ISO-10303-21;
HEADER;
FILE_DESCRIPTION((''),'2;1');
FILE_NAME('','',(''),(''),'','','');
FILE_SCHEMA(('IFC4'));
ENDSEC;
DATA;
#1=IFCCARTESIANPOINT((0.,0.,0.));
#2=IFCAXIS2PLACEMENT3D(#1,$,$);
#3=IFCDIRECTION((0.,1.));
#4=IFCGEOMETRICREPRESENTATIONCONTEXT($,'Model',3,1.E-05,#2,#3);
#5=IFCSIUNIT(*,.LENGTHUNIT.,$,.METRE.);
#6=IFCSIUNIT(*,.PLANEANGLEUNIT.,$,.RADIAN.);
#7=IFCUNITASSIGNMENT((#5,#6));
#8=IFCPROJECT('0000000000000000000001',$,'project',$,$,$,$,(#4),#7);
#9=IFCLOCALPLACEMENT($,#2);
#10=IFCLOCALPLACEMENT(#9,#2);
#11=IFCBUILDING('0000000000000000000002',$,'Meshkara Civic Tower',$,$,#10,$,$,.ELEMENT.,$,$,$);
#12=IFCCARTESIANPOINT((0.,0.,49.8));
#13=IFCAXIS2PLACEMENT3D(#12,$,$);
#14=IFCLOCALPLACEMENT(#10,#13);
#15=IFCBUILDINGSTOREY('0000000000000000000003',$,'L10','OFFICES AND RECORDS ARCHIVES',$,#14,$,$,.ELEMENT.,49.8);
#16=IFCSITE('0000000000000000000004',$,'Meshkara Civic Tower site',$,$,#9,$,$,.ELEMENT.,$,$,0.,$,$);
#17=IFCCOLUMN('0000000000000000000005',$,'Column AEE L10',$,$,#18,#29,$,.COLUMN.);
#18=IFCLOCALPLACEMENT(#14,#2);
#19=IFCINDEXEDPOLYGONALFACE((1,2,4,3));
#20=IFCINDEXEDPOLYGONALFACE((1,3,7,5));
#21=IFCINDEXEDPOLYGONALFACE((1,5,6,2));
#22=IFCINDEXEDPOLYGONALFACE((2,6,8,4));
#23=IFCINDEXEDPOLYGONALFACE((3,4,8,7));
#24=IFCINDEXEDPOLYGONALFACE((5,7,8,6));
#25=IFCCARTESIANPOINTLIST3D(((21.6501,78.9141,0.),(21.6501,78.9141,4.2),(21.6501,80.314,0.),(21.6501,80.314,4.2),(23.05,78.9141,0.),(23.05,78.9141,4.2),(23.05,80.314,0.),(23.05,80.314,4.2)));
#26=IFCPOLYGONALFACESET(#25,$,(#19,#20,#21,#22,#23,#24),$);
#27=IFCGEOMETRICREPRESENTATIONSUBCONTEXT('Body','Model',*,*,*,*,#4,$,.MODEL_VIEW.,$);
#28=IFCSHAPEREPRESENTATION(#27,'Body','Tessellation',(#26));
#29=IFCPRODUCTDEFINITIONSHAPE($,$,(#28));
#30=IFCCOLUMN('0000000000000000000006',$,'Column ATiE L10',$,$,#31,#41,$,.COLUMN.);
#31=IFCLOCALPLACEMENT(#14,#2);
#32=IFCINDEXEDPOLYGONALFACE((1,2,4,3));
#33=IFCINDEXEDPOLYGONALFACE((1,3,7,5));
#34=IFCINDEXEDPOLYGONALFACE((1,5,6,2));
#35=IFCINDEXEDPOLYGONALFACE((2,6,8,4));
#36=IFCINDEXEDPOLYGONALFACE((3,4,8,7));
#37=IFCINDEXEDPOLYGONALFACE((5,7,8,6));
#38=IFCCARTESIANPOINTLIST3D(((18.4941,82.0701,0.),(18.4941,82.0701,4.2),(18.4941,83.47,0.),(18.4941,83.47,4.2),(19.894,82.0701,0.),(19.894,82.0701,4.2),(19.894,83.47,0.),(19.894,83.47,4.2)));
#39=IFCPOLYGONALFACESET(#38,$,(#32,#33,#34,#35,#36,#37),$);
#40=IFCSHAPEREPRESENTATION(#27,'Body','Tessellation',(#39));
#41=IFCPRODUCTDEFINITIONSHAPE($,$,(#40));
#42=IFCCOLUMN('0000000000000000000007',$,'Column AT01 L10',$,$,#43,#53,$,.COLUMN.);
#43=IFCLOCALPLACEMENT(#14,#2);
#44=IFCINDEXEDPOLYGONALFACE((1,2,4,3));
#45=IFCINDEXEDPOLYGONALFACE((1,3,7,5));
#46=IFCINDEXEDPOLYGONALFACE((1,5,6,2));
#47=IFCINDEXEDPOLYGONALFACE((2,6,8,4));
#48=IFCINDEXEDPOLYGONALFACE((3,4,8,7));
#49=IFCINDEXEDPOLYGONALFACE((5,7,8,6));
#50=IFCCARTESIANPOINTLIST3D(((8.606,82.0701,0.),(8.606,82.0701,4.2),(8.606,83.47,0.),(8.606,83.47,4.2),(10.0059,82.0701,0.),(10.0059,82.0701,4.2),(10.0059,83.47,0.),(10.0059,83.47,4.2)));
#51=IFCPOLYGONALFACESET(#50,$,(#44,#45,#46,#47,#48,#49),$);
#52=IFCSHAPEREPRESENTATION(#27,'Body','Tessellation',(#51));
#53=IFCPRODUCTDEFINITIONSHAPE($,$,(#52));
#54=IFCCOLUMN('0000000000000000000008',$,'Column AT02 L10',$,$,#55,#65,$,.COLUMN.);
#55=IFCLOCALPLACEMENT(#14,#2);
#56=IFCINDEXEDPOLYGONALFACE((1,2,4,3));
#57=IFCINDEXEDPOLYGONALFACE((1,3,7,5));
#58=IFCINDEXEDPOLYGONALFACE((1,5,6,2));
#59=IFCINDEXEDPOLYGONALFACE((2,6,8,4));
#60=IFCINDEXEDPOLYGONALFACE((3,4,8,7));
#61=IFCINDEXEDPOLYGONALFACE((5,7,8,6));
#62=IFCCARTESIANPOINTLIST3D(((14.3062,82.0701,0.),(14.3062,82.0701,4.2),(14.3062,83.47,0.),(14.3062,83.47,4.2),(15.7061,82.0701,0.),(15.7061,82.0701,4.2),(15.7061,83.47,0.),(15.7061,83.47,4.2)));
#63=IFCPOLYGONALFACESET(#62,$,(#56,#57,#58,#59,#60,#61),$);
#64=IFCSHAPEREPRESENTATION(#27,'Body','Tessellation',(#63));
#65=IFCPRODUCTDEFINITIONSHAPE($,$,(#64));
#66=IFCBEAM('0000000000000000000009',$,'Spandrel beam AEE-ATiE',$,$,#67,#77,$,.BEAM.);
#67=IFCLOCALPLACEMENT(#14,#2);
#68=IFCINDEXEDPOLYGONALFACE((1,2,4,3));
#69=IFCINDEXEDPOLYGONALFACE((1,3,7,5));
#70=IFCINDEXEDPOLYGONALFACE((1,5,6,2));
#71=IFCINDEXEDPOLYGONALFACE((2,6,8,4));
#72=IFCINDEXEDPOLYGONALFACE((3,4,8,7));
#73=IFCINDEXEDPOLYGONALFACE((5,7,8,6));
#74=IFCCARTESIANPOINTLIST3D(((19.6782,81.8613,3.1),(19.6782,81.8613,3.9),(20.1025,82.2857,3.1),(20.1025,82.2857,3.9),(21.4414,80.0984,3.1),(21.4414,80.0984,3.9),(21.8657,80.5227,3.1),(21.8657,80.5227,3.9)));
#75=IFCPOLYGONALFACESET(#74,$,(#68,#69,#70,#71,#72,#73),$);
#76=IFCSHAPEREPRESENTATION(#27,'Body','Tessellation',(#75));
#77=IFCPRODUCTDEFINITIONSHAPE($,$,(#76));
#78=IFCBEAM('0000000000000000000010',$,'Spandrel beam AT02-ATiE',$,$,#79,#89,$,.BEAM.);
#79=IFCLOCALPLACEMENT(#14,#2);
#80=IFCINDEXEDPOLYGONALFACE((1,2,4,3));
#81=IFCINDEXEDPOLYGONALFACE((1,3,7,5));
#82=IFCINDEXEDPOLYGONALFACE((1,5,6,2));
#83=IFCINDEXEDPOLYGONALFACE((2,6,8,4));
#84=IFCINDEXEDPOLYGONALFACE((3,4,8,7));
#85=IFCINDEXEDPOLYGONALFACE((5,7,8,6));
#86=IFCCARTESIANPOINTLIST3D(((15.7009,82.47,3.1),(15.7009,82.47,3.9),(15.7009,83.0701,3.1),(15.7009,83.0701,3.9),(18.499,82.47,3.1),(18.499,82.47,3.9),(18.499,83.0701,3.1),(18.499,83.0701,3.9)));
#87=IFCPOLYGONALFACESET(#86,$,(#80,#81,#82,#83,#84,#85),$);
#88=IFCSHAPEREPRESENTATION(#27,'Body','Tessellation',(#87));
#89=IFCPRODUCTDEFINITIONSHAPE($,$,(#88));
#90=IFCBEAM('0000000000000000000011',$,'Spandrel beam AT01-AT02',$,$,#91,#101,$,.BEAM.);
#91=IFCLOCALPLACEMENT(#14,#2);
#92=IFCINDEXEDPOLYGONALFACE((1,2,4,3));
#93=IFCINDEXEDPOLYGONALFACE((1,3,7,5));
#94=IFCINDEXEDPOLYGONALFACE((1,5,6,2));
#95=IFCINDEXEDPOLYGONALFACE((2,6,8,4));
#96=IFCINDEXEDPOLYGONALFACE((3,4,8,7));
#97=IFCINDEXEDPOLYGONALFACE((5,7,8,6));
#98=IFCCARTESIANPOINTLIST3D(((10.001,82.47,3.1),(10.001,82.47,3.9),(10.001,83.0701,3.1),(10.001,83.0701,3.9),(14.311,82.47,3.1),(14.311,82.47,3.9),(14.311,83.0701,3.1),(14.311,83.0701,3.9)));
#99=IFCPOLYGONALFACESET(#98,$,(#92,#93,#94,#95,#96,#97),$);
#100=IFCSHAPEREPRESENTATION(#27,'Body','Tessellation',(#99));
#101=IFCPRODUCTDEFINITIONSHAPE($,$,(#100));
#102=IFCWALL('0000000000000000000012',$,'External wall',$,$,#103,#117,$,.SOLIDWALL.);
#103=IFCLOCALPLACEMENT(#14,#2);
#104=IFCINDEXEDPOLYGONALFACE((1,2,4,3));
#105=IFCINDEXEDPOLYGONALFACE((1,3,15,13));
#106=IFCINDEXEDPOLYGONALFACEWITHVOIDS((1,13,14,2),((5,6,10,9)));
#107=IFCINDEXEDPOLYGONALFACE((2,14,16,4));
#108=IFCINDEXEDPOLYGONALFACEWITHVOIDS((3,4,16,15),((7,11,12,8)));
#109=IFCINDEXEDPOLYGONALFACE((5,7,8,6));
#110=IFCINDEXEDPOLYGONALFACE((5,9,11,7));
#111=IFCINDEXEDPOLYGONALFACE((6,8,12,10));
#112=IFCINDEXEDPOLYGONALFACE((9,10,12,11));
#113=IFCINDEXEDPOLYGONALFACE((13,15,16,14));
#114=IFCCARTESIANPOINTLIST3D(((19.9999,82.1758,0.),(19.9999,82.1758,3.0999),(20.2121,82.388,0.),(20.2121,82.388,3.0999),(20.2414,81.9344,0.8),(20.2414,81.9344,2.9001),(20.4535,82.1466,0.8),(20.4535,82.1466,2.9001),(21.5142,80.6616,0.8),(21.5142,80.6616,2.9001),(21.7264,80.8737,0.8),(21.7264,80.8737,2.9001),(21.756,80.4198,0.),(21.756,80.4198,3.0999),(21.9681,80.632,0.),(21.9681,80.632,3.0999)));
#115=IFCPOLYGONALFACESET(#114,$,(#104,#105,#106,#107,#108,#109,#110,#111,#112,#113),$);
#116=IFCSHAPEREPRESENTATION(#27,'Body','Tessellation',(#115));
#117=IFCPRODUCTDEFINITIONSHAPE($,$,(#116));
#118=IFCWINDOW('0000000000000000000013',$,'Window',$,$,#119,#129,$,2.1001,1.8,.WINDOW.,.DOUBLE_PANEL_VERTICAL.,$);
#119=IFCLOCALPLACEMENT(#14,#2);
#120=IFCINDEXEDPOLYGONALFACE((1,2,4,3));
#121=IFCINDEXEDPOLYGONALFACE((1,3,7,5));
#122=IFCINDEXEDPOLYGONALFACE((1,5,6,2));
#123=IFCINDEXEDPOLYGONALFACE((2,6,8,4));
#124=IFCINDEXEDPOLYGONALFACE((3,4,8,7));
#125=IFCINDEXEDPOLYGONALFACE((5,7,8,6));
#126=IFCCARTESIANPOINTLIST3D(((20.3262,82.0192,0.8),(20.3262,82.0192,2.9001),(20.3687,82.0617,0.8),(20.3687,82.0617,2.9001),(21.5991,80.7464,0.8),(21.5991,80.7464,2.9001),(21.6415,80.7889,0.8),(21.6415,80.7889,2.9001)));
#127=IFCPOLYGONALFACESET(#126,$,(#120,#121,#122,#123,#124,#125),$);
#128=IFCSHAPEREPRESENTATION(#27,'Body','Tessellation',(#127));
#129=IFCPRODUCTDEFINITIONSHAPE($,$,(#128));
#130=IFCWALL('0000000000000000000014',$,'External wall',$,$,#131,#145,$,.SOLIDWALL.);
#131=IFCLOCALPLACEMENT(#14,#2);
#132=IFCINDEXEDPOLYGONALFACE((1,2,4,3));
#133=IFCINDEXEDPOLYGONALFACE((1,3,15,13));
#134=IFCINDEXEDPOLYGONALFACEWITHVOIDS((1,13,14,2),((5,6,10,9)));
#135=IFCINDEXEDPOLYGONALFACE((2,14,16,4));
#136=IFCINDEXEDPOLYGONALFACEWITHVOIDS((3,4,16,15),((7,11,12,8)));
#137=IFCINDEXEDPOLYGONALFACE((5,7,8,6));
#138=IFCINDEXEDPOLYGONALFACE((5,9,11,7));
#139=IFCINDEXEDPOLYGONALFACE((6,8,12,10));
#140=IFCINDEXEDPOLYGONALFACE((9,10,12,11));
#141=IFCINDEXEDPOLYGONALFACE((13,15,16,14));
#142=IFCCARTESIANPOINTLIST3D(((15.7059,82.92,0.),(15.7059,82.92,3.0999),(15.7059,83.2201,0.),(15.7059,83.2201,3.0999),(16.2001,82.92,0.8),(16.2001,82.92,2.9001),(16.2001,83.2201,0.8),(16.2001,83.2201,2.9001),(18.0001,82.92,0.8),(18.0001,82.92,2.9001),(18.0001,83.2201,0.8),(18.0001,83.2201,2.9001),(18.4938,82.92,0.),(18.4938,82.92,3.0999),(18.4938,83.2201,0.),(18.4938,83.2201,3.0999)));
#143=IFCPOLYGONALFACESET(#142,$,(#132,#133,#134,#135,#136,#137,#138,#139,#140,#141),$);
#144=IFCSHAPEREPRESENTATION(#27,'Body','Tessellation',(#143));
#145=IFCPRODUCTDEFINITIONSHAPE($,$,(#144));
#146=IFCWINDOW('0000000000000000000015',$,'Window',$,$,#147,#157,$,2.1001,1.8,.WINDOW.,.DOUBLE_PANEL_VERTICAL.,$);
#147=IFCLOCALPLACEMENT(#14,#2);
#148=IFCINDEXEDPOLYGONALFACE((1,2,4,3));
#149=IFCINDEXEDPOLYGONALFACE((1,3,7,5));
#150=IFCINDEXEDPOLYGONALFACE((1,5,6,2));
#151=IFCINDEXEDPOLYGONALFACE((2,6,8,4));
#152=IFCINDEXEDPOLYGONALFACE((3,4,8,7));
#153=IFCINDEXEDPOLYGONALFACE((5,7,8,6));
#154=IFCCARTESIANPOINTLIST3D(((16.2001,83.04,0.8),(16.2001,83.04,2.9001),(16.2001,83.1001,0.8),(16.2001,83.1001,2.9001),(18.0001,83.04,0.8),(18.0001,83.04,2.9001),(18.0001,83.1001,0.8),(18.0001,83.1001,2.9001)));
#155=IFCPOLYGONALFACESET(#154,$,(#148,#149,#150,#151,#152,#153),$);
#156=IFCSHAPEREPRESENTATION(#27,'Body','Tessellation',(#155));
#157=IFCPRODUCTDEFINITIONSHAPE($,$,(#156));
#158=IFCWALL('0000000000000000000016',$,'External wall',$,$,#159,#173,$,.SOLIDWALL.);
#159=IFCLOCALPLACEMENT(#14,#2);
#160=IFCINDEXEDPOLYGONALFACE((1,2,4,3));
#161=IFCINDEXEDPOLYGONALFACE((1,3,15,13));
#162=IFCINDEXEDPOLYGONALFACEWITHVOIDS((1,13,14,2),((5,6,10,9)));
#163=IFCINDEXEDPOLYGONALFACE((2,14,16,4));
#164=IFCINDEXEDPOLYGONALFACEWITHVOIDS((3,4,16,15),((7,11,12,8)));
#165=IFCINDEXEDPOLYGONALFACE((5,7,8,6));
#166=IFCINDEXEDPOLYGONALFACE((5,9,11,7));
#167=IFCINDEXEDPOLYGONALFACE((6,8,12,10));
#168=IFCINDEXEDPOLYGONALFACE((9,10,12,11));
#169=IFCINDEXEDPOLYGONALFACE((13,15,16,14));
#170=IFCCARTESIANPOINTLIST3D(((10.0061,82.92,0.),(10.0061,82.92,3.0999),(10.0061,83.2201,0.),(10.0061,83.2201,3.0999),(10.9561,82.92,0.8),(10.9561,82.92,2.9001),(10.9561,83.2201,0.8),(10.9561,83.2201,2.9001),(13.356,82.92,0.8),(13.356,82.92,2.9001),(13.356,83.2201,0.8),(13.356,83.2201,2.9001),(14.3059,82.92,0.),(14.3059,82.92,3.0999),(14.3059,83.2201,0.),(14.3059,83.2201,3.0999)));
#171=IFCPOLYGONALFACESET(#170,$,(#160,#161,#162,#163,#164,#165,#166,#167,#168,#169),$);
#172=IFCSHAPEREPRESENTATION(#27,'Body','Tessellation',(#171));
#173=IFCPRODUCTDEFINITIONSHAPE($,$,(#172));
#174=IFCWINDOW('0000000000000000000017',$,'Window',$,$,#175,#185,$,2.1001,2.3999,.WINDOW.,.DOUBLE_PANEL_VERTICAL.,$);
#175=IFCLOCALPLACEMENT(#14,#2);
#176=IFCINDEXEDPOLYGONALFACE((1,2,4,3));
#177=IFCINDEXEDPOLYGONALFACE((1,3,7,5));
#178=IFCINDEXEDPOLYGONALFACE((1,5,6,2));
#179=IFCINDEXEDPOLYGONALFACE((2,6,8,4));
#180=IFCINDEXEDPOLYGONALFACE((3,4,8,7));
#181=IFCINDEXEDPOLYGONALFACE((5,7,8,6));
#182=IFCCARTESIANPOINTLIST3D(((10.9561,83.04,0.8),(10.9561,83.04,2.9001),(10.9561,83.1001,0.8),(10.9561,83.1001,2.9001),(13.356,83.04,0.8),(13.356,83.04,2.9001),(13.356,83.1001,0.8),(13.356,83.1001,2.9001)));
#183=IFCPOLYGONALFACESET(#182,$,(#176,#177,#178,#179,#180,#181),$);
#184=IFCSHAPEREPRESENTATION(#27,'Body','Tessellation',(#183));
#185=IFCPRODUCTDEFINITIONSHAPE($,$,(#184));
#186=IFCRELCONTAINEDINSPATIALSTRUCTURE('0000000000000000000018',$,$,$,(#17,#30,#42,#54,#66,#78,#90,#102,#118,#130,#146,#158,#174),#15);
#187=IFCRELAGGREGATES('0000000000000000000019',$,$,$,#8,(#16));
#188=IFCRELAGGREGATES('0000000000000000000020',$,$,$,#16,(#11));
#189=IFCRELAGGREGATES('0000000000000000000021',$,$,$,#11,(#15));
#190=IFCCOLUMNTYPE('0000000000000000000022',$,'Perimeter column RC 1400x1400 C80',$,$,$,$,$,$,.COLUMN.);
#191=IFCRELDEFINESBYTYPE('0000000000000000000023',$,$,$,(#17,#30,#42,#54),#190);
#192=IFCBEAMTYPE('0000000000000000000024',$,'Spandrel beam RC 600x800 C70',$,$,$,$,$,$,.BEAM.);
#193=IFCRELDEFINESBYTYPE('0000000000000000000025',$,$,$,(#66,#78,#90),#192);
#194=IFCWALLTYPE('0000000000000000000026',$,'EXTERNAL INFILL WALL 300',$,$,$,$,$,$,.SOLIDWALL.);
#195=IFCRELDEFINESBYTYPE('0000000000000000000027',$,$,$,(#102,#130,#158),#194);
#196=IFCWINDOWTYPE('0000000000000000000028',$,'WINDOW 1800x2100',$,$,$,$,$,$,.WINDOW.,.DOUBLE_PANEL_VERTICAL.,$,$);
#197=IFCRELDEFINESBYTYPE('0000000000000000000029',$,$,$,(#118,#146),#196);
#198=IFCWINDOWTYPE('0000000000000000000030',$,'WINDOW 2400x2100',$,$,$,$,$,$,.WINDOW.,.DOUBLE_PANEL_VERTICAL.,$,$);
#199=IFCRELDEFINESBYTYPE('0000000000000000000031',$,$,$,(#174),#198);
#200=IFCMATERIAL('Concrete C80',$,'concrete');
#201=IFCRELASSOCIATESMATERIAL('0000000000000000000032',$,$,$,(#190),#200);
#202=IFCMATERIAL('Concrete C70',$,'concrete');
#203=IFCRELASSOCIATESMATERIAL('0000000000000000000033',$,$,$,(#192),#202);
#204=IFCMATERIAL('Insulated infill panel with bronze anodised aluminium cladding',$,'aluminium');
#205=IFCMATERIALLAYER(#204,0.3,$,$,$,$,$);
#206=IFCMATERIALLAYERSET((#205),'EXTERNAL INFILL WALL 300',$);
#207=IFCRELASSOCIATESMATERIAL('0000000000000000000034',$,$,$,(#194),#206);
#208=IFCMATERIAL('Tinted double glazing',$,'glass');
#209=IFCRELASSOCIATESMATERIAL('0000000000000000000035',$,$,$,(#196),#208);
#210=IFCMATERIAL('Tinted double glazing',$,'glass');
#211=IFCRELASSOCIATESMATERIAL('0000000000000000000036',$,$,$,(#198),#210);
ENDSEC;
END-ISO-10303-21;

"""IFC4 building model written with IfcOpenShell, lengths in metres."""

from ifc_helpers import new_model, si_unit, direction, frame, frame_2d, origin, origin_2d, place, context, subcontext, project, spatial, rectangle, extrude, material, layer, layer_set, material_profile, profile_set, type_object, element, fill, save


model = new_model("IFC4")

# Units and contexts
model_context = context("Model", 3, precision=1e-05, world=origin(), true_north=direction((0.0, 1.0)))
body_context = subcontext(model_context, "Body", "Model", "MODEL_VIEW")
ifc_project = project(units=[si_unit("LENGTHUNIT", "METRE"), si_unit("PLANEANGLEUNIT", "RADIAN")], contexts=[model_context])

# Site, building, storey
site_placement = place(None, origin())
site = spatial("IfcSite", under=ifc_project, at=site_placement, Name="Meshkara Civic Tower site", CompositionType="ELEMENT", RefElevation=0.0)
building_placement = place(site_placement, origin())
building = spatial("IfcBuilding", under=site, at=building_placement, Name="Meshkara Civic Tower", CompositionType="ELEMENT")
storey_placement = place(building_placement, frame((0.0, 0.0, 49.8)))
storey = spatial("IfcBuildingStorey", under=building, at=storey_placement, Name="L10", Description="OFFICES AND RECORDS ARCHIVES", CompositionType="ELEMENT", Elevation=49.8)

# Columns
ifc_material_1 = material(Name="Concrete C80", Category="concrete")
ifc_material_profile_1 = material_profile(ifc_material_1, rectangle(XDim=1.3999, YDim=1.3999, at=origin_2d()))
ifc_profile_set_1 = profile_set([ifc_material_profile_1], Name="Concrete C80")
column_type = type_object("IfcColumnType", Name="Perimeter column RC 1400x1400 C80", PredefinedType="COLUMN", material=ifc_profile_set_1)
for number, where, z_axis, x_axis, name in (
    (1, (22.3501, 79.614, 0.0), (0.0, 0.0, 1.0), (1.0, 0.0, 0.0), "Column AEE L10"),
    (2, (19.1941, 82.77, 0.0), (0.0, 0.0, 1.0), (1.0, 0.0, 0.0), "Column ATiE L10"),
    (3, (9.3059, 82.77, 0.0), (0.0, 0.0, 1.0), (1.0, 0.0, 0.0), "Column AT01 L10"),
    (4, (15.0061, 82.77, 0.0), (0.0, 0.0, 1.0), (1.0, 0.0, 0.0), "Column AT02 L10"),
):
    element("IfcColumn", number, at=place(storey_placement, frame(where, z_axis=z_axis, x_axis=x_axis)), inside=storey, type_object=column_type, Name=name, PredefinedType="COLUMN", context=body_context, shape_type="SweptSolid", body=[
        extrude(rectangle(XDim=1.3999, YDim=1.3999, at=origin_2d()), origin(), (0.0, 0.0, 1.0), 4.2),
    ])

# Beams
ifc_material_2 = material(Name="Concrete C70", Category="concrete")
ifc_material_profile_2 = material_profile(ifc_material_2, rectangle(XDim=0.6001, YDim=0.8, at=origin_2d()))
ifc_profile_set_2 = profile_set([ifc_material_profile_2], Name="Concrete C70")
beam_type = type_object("IfcBeamType", Name="Spandrel beam RC 600x800 C70", PredefinedType="BEAM", material=ifc_profile_set_2)
beam_1_placement = place(storey_placement, frame((21.6536, 80.3105, 3.5), z_axis=(-0.707156, 0.707058, 0.0), x_axis=(-0.707058, -0.707156, 0.0)))
element("IfcBeam", 5, at=beam_1_placement, inside=storey, type_object=beam_type, Name="Spandrel beam AEE-ATiE", PredefinedType="BEAM", context=body_context, shape_type="SweptSolid", body=[
    extrude(rectangle(XDim=0.6001, YDim=0.8, at=origin_2d()), origin(), (0.0, 0.0, 1.0), 2.4934),
])
beam_2_placement = place(storey_placement, frame((18.499, 82.77, 3.5), z_axis=(-1.0, 0.0, 0.0), x_axis=(0.0, -1.0, 0.0)))
element("IfcBeam", 6, at=beam_2_placement, inside=storey, type_object=beam_type, Name="Spandrel beam AT02-ATiE", PredefinedType="BEAM", context=body_context, shape_type="SweptSolid", body=[
    extrude(rectangle(XDim=0.6001, YDim=0.8, at=origin_2d()), origin(), (0.0, 0.0, 1.0), 2.7981),
])
beam_3_placement = place(storey_placement, frame((14.311, 82.77, 3.5), z_axis=(-1.0, 0.0, 0.0), x_axis=(0.0, -1.0, 0.0)))
element("IfcBeam", 7, at=beam_3_placement, inside=storey, type_object=beam_type, Name="Spandrel beam AT01-AT02", PredefinedType="BEAM", context=body_context, shape_type="SweptSolid", body=[
    extrude(rectangle(XDim=0.6001, YDim=0.8, at=origin_2d()), origin(), (0.0, 0.0, 1.0), 4.3101),
])

# Walls, openings, windows
ifc_material_3 = material(Name="Insulated infill panel with bronze anodised aluminium cladding", Category="aluminium")
ifc_layer_1 = layer(ifc_material_3, 0.3)
ifc_layer_set_1 = layer_set([ifc_layer_1], Name="EXTERNAL INFILL WALL 300")
wall_type = type_object("IfcWallType", Name="EXTERNAL INFILL WALL 300", PredefinedType="SOLIDWALL", material=ifc_layer_set_1)
wall_1_placement = place(storey_placement, frame((21.8621, 80.5259, 0.0), z_axis=(0.0, 0.0, 1.0), x_axis=(-0.707107, 0.707107, 0.0)))
wall_1 = element("IfcWall", 8, at=wall_1_placement, inside=storey, type_object=wall_type, Name="External wall", PredefinedType="SOLIDWALL", context=body_context, shape_type="SweptSolid", body=[
    extrude(rectangle(XDim=2.4834, YDim=0.3, at=frame_2d((1.2417, 0.0))), origin(), (0.0, 0.0, 1.0), 3.0999),
])
opening_1_placement = place(wall_1_placement, frame((0.342, 0.0, 0.8)))
opening_1 = element("IfcOpeningElement", 9, at=opening_1_placement, cuts=wall_1, PredefinedType="OPENING", context=body_context, shape_type="SweptSolid", body=[
    extrude(rectangle(XDim=1.8, YDim=2.1001, at=frame_2d((0.8999, 1.05))), frame((0.0, 0.1599, 0.0), z_axis=(0.0, -1.0, 0.0), x_axis=(1.0, 0.0, 0.0)), (0.0, 0.0, 1.0), 0.3201),
])
ifc_material_4 = material(Name="Tinted double glazing", Category="glass")
window_type_1 = type_object("IfcWindowType", Name="WINDOW 1800x2100", PartitioningType="DOUBLE_PANEL_VERTICAL", PredefinedType="WINDOW", material=ifc_material_4)
window_1_placement = place(opening_1_placement, origin())
window_1 = element("IfcWindow", 10, at=window_1_placement, inside=storey, type_object=window_type_1, Name="Window", OverallHeight=2.1001, OverallWidth=1.8, PartitioningType="DOUBLE_PANEL_VERTICAL", PredefinedType="WINDOW", context=body_context, shape_type="SweptSolid", body=[
    extrude(rectangle(XDim=1.8, YDim=2.1001, at=frame_2d((0.8999, 1.05))), frame((0.0, 0.03, 0.0), z_axis=(0.0, -1.0, 0.0), x_axis=(1.0, 0.0, 0.0)), (0.0, 0.0, 1.0), 0.0601),
])
fill(opening_1, window_1)
wall_2_placement = place(storey_placement, frame((18.4939, 83.0701, 0.0), z_axis=(0.0, 0.0, 1.0), x_axis=(-1.0, 0.0, 0.0)))
wall_2 = element("IfcWall", 11, at=wall_2_placement, inside=storey, type_object=wall_type, Name="External wall", PredefinedType="SOLIDWALL", context=body_context, shape_type="SweptSolid", body=[
    extrude(rectangle(XDim=2.7878, YDim=0.3, at=frame_2d((1.394, 0.0))), origin(), (0.0, 0.0, 1.0), 3.0999),
])
opening_2_placement = place(wall_2_placement, frame((0.4939, 0.0, 0.8)))
opening_2 = element("IfcOpeningElement", 12, at=opening_2_placement, cuts=wall_2, PredefinedType="OPENING", context=body_context, shape_type="SweptSolid", body=[
    extrude(rectangle(XDim=1.8, YDim=2.1001, at=frame_2d((0.8999, 1.05))), frame((0.0, 0.1599, 0.0), z_axis=(0.0, -1.0, 0.0), x_axis=(1.0, 0.0, 0.0)), (0.0, 0.0, 1.0), 0.3201),
])
window_2_placement = place(opening_2_placement, origin())
window_2 = element("IfcWindow", 13, at=window_2_placement, inside=storey, type_object=window_type_1, Name="Window", OverallHeight=2.1001, OverallWidth=1.8, PartitioningType="DOUBLE_PANEL_VERTICAL", PredefinedType="WINDOW", context=body_context, shape_type="SweptSolid", body=[
    extrude(rectangle(XDim=1.8, YDim=2.1001, at=frame_2d((0.8999, 1.05))), frame((0.0, 0.03, 0.0), z_axis=(0.0, -1.0, 0.0), x_axis=(1.0, 0.0, 0.0)), (0.0, 0.0, 1.0), 0.0601),
])
fill(opening_2, window_2)
wall_3_placement = place(storey_placement, frame((14.3059, 83.0701, 0.0), z_axis=(0.0, 0.0, 1.0), x_axis=(-1.0, 0.0, 0.0)))
wall_3 = element("IfcWall", 14, at=wall_3_placement, inside=storey, type_object=wall_type, Name="External wall", PredefinedType="SOLIDWALL", context=body_context, shape_type="SweptSolid", body=[
    extrude(rectangle(XDim=4.2998, YDim=0.3, at=frame_2d((2.1499, 0.0))), origin(), (0.0, 0.0, 1.0), 3.0999),
])
opening_3_placement = place(wall_3_placement, frame((0.95, 0.0, 0.8)))
opening_3 = element("IfcOpeningElement", 15, at=opening_3_placement, cuts=wall_3, PredefinedType="OPENING", context=body_context, shape_type="SweptSolid", body=[
    extrude(rectangle(XDim=2.3999, YDim=2.1001, at=frame_2d((1.2, 1.05))), frame((0.0, 0.1599, 0.0), z_axis=(0.0, -1.0, 0.0), x_axis=(1.0, 0.0, 0.0)), (0.0, 0.0, 1.0), 0.3201),
])
ifc_material_5 = material(Name="Tinted double glazing", Category="glass")
window_type_2 = type_object("IfcWindowType", Name="WINDOW 2400x2100", PartitioningType="DOUBLE_PANEL_VERTICAL", PredefinedType="WINDOW", material=ifc_material_5)
window_3_placement = place(opening_3_placement, origin())
window_3 = element("IfcWindow", 16, at=window_3_placement, inside=storey, type_object=window_type_2, Name="Window", OverallHeight=2.1001, OverallWidth=2.3999, PartitioningType="DOUBLE_PANEL_VERTICAL", PredefinedType="WINDOW", context=body_context, shape_type="SweptSolid", body=[
    extrude(rectangle(XDim=2.3999, YDim=2.1001, at=frame_2d((1.2, 1.05))), frame((0.0, 0.03, 0.0), z_axis=(0.0, -1.0, 0.0), x_axis=(1.0, 0.0, 0.0)), (0.0, 0.0, 1.0), 0.0601),
])
fill(opening_3, window_3)

save(model, "model.ifc")
